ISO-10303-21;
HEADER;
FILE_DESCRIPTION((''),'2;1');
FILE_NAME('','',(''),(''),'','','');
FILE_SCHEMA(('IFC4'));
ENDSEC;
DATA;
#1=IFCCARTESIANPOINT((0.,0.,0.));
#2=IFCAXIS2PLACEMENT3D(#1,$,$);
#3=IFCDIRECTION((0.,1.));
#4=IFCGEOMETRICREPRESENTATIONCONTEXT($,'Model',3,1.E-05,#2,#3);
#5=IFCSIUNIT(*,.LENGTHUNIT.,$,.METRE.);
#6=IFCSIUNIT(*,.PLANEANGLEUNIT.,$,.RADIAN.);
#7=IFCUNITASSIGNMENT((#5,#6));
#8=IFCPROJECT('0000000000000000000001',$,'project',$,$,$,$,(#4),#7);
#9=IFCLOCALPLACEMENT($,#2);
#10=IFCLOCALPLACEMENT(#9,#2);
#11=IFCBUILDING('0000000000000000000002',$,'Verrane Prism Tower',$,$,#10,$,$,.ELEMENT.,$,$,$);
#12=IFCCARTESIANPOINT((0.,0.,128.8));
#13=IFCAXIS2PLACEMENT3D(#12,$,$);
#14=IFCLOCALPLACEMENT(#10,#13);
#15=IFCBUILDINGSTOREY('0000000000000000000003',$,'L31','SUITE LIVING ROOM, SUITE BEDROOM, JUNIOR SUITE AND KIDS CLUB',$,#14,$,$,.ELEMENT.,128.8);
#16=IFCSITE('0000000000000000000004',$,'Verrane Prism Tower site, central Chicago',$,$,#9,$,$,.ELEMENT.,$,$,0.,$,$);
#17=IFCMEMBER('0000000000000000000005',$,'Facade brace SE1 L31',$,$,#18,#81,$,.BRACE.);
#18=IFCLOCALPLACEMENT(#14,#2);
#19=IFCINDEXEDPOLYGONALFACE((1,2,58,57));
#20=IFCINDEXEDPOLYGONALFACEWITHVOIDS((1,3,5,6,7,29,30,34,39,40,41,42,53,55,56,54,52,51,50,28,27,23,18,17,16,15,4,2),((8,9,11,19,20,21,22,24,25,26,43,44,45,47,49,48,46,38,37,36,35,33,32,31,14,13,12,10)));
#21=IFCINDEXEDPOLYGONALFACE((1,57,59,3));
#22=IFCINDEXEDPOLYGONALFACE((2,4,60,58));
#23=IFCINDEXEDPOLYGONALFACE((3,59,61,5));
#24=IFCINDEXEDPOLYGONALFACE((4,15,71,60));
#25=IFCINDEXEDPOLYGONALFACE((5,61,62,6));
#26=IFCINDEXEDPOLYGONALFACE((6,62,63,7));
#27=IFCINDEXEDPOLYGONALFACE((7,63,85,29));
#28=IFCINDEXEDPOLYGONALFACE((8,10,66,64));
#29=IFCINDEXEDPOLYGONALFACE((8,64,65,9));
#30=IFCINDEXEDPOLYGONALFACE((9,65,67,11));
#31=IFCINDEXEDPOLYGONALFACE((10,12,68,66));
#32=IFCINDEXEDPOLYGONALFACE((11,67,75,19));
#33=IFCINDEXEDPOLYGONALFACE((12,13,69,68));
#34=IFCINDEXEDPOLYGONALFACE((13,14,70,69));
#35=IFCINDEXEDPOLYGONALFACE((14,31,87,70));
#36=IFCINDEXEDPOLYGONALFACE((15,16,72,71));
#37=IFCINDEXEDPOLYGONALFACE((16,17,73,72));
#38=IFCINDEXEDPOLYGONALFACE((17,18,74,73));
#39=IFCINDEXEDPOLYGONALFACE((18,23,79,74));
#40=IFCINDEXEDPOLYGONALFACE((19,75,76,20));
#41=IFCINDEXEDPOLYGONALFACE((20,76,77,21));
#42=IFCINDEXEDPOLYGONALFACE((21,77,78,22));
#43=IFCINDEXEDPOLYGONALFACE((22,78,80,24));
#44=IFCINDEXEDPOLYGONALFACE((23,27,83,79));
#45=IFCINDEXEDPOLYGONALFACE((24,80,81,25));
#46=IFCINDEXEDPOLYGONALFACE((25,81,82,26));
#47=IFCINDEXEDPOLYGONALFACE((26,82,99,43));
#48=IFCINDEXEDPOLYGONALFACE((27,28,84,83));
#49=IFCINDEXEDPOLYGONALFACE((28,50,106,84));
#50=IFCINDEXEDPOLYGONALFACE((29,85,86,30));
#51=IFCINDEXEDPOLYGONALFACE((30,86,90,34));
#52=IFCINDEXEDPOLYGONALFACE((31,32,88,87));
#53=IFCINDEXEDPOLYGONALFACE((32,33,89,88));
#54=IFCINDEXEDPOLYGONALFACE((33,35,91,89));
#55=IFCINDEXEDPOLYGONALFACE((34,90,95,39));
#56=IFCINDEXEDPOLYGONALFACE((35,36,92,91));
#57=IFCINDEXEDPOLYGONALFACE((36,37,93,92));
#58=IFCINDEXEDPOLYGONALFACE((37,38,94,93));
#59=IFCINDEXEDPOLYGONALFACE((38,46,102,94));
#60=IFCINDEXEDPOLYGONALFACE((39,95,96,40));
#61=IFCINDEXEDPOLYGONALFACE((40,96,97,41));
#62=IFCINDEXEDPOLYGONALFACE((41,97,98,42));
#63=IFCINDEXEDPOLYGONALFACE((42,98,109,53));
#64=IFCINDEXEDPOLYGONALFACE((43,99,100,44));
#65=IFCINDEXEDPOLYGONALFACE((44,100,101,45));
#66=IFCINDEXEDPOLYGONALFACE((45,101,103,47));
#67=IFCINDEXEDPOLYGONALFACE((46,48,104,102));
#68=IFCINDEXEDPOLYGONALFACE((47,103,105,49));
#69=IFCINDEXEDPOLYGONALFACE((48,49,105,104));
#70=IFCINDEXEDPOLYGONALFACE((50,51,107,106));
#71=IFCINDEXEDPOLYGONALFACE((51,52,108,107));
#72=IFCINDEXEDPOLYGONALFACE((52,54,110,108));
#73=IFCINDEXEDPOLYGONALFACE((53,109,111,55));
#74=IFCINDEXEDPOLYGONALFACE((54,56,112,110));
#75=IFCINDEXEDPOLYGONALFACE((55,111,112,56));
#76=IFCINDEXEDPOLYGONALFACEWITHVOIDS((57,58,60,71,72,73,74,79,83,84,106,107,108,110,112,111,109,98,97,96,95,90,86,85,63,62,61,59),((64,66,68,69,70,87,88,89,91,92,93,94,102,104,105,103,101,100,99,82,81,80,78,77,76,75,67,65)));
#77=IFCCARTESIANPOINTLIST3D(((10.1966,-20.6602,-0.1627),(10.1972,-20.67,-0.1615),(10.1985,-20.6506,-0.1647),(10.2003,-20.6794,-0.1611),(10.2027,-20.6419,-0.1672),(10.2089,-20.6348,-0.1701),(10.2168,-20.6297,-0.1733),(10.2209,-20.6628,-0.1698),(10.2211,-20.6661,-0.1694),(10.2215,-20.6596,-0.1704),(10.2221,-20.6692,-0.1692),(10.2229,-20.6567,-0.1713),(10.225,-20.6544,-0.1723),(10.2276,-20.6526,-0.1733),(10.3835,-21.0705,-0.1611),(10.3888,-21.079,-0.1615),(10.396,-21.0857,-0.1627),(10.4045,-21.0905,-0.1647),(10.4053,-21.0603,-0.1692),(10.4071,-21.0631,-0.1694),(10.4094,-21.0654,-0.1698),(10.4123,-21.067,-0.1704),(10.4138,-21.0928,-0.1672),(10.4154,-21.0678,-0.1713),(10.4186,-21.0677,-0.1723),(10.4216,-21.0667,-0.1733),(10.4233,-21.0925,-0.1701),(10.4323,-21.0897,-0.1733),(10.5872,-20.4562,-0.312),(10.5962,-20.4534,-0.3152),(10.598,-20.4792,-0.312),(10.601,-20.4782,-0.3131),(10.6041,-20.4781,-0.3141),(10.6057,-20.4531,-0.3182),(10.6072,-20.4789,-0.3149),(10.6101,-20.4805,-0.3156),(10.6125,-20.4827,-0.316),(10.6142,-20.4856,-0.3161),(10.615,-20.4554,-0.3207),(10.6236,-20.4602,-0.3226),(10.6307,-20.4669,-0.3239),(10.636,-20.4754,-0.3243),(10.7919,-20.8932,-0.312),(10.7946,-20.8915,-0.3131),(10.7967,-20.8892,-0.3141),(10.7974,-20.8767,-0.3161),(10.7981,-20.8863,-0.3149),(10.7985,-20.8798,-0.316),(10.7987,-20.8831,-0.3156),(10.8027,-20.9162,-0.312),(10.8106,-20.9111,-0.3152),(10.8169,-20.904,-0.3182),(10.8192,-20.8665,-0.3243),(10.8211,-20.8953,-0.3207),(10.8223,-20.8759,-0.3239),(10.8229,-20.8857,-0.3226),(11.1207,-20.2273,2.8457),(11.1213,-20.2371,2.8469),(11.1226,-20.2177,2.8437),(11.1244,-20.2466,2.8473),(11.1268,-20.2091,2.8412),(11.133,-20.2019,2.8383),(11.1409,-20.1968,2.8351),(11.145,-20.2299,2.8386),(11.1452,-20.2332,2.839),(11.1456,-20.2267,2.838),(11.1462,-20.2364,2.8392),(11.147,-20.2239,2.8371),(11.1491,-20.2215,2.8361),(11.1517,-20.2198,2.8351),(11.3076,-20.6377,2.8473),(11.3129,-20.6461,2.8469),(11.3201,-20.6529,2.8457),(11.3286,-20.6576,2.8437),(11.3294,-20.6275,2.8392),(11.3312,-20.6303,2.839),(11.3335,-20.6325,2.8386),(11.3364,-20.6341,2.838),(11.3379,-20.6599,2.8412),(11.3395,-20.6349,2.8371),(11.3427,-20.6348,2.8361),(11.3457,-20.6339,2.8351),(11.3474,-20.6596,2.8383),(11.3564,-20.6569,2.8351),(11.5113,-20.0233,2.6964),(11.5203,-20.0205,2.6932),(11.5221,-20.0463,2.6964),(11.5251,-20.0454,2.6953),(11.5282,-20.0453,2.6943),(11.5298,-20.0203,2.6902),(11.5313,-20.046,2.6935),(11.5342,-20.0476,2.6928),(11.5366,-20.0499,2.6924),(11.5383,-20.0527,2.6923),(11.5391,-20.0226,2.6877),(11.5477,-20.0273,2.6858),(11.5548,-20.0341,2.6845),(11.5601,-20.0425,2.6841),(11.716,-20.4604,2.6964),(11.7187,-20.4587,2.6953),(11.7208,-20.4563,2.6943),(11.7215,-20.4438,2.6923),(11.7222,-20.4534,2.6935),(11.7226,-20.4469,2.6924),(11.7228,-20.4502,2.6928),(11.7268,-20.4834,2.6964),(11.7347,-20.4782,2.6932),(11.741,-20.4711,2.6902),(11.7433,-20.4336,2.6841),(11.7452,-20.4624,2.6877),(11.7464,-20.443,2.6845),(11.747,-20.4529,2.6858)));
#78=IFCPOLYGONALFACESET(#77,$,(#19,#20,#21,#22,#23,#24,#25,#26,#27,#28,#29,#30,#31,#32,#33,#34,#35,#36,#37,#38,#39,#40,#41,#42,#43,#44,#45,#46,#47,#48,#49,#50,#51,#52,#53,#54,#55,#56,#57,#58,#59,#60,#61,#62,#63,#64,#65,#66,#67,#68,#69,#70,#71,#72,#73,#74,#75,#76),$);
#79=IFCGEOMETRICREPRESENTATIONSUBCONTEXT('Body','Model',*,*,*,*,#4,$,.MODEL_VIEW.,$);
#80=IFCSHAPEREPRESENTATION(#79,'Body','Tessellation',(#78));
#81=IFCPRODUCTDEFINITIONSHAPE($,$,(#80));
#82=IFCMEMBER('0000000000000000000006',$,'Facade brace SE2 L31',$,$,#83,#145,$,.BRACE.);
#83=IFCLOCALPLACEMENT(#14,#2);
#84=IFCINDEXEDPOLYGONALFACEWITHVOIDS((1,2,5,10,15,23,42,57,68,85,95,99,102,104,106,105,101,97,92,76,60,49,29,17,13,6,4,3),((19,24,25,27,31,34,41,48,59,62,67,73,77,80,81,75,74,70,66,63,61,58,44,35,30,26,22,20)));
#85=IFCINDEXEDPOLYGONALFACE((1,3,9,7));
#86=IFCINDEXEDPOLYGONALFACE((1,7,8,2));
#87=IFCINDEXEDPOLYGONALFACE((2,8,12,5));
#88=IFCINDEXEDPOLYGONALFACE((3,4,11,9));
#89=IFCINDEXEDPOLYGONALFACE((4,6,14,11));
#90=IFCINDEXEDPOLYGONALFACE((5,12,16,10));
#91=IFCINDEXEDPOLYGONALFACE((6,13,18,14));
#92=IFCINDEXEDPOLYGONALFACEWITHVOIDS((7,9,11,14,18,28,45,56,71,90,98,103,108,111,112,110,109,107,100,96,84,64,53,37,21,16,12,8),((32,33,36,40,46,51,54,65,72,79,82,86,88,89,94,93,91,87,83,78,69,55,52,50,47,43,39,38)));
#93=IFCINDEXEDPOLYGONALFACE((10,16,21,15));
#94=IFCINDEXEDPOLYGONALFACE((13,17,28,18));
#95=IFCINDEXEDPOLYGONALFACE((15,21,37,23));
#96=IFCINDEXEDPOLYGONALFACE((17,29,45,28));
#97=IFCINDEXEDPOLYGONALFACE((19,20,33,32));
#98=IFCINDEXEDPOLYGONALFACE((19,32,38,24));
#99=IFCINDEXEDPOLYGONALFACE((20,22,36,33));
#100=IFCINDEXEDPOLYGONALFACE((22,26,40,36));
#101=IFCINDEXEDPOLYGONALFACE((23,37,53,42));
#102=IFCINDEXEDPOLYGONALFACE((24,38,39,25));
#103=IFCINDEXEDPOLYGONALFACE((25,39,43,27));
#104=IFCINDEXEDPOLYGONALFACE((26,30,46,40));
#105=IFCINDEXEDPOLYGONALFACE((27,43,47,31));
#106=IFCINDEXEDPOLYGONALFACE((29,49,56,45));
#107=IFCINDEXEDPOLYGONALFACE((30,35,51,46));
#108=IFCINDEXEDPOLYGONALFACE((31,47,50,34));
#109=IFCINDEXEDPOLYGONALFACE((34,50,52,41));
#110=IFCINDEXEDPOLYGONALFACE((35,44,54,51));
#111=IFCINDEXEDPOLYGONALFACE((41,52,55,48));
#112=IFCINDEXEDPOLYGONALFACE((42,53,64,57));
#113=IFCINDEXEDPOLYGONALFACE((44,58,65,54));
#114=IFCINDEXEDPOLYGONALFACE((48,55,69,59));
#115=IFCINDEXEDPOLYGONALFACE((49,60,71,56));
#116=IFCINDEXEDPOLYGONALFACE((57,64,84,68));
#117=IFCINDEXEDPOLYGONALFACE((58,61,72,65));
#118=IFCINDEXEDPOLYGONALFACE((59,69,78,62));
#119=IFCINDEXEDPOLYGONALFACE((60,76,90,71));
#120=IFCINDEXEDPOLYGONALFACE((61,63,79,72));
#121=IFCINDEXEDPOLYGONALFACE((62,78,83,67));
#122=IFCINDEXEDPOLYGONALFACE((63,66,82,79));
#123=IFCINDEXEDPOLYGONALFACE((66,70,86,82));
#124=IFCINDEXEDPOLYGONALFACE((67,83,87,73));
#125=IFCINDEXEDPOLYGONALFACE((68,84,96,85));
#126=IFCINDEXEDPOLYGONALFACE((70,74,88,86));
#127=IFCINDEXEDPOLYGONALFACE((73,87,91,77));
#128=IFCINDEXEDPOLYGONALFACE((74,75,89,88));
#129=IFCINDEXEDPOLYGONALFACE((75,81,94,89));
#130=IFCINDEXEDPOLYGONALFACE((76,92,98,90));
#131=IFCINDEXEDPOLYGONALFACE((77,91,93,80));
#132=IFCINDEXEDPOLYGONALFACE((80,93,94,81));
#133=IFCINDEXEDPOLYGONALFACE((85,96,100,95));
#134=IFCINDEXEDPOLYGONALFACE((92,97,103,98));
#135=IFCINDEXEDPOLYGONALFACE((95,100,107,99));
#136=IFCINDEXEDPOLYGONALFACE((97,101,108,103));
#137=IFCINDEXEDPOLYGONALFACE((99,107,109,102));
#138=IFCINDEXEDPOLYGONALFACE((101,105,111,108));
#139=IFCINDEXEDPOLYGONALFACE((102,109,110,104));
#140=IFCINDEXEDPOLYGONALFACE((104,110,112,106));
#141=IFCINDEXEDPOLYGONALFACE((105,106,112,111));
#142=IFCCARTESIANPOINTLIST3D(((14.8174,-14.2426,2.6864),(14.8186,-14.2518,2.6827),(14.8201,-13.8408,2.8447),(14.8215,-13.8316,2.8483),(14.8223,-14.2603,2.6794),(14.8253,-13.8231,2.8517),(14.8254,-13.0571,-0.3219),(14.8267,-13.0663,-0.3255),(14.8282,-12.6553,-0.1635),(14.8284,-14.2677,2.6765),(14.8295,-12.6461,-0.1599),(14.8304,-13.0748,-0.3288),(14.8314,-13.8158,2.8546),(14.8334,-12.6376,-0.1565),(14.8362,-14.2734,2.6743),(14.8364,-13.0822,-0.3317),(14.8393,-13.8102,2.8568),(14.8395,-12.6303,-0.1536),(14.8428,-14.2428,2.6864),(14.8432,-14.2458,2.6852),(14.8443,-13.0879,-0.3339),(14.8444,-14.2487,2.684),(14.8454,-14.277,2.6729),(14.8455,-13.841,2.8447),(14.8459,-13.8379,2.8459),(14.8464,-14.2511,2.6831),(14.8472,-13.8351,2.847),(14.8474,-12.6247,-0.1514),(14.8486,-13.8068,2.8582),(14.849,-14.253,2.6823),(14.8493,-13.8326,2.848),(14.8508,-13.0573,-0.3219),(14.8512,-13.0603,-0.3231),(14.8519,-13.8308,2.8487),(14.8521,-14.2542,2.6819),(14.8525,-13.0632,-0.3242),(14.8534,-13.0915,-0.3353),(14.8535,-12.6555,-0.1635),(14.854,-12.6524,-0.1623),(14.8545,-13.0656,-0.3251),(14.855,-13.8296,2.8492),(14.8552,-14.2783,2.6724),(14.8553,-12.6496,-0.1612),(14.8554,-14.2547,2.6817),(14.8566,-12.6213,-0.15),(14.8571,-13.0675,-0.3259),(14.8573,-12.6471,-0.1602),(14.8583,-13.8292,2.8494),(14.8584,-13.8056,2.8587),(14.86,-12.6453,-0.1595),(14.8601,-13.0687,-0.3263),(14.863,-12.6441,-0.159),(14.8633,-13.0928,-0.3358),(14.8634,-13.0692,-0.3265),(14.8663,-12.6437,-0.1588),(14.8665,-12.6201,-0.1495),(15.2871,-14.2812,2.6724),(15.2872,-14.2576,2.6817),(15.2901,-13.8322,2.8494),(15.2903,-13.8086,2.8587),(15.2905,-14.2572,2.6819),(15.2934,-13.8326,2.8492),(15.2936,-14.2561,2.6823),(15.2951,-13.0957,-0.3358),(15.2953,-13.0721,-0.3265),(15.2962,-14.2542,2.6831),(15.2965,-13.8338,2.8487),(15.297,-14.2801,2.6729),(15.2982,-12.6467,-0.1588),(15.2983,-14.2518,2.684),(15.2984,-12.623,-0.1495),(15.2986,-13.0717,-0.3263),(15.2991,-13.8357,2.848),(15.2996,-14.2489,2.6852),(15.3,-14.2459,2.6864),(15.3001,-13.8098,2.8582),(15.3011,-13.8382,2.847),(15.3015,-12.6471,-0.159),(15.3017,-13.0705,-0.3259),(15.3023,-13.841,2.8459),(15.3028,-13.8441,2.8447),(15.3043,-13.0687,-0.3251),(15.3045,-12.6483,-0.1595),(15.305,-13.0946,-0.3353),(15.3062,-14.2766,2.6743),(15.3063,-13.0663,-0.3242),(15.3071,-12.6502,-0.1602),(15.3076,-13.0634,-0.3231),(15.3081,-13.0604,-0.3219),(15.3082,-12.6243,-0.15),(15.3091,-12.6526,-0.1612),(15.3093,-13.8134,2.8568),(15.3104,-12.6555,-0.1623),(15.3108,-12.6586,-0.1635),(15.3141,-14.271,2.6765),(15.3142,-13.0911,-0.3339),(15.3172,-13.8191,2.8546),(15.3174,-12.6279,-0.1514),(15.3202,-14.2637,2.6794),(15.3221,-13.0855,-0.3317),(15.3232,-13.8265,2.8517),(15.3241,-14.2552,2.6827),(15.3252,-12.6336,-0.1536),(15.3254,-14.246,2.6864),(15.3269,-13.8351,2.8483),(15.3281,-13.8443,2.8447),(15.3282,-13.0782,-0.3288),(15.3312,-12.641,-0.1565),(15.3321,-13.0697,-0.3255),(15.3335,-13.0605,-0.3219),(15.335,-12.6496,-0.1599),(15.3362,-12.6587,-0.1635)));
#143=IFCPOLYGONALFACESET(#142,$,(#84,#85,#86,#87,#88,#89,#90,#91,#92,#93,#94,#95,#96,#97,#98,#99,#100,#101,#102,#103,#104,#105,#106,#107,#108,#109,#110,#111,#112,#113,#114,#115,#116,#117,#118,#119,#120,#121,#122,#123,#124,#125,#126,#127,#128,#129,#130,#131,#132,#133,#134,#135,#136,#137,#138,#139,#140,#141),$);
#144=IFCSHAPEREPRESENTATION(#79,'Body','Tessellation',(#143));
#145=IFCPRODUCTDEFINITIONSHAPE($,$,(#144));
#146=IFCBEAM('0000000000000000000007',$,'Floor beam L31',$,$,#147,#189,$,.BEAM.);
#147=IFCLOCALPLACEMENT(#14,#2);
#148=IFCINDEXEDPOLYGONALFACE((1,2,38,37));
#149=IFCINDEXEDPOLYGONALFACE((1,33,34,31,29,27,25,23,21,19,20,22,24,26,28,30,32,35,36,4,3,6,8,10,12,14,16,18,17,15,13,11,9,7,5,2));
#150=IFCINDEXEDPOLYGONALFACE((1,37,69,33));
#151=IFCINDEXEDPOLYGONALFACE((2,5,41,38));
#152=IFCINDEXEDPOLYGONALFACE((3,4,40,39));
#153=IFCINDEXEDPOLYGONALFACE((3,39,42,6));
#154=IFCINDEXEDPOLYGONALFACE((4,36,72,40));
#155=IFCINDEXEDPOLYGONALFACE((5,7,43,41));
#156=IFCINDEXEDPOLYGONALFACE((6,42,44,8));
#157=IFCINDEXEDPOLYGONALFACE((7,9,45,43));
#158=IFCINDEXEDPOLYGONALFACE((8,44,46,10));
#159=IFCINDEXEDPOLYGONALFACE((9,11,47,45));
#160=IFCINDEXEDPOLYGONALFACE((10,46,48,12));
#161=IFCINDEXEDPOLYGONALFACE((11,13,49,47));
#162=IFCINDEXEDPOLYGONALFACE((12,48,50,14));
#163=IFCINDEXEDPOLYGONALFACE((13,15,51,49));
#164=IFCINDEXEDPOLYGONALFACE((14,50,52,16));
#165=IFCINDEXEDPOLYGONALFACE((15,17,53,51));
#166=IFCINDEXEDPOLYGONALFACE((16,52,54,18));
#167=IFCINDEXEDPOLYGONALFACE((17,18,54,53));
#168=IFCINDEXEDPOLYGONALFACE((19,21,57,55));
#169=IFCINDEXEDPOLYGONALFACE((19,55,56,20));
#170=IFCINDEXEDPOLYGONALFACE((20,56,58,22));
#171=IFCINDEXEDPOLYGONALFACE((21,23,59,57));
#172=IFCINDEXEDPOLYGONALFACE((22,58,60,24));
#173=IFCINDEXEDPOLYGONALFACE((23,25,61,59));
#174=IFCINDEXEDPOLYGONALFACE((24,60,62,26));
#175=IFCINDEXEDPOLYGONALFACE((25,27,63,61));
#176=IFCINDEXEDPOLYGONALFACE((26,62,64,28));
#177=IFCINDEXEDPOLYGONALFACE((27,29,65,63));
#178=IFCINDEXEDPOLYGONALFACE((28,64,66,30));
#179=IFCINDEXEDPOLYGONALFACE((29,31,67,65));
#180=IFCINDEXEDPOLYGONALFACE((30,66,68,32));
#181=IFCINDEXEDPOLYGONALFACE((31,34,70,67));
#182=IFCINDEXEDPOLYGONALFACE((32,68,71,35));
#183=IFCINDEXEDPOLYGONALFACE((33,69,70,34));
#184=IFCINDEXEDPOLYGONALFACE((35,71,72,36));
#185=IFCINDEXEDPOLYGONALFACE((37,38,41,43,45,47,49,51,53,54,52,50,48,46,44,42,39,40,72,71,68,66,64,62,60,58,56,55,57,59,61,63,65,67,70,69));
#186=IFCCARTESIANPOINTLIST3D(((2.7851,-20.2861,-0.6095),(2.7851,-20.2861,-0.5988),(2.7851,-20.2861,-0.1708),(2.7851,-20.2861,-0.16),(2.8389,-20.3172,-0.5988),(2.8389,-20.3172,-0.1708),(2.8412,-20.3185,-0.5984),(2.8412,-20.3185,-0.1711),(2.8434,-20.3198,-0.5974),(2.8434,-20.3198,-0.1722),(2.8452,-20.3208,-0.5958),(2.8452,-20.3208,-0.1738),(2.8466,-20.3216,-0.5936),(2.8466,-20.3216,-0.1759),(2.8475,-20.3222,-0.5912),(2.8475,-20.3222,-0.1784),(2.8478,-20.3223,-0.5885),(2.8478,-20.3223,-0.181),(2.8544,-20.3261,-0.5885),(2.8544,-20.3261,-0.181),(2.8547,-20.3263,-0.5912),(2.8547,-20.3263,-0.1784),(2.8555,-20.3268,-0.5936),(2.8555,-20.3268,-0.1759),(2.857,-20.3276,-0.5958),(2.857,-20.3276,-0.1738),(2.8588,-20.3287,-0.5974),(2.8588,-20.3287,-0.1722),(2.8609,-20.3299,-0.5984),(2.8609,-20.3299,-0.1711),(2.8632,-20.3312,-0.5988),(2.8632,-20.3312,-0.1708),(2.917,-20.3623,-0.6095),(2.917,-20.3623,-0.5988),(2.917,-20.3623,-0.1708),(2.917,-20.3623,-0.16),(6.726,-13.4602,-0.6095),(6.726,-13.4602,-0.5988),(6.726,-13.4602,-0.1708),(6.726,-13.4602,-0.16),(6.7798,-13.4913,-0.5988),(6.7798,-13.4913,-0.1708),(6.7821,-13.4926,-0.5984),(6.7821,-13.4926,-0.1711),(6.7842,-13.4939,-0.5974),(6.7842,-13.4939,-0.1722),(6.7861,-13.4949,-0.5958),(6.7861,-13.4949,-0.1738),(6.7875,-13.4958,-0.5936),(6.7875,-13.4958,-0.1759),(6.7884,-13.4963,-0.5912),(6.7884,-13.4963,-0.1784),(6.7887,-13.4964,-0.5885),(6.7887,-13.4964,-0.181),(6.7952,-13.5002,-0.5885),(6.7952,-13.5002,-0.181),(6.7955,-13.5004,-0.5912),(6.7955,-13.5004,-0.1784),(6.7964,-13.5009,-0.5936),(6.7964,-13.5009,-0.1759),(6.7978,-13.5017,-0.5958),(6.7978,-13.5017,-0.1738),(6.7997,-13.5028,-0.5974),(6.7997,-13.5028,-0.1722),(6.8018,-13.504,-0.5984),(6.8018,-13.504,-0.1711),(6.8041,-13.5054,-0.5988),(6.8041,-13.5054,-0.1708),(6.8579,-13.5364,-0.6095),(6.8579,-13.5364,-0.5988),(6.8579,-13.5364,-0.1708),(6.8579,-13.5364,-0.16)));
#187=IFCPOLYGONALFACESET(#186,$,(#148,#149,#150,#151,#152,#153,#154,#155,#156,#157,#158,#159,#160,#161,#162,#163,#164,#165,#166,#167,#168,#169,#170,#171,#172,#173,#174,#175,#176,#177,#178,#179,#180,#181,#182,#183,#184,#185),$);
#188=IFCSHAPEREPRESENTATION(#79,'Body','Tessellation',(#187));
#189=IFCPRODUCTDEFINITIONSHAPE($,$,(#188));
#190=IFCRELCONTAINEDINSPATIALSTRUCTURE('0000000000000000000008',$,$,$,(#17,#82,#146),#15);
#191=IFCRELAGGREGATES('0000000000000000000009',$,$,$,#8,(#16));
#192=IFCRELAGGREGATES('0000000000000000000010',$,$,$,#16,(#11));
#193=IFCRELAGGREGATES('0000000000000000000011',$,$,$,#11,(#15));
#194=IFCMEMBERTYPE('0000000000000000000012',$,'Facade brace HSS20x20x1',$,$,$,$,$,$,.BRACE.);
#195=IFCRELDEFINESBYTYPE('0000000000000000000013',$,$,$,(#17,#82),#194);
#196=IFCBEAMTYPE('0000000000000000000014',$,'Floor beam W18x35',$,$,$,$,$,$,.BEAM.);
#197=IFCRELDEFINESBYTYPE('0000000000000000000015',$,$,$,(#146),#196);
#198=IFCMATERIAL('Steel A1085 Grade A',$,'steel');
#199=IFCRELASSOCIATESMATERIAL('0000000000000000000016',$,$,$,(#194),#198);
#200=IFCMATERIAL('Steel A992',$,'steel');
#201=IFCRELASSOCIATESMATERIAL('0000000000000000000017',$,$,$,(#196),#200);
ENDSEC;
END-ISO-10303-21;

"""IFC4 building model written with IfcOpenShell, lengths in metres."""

from ifc_helpers import new_model, si_unit, direction, frame, origin, origin_2d, place, context, subcontext, project, spatial, hollow_rectangle, i_section, extrude, material, material_profile, profile_set, type_object, element, save


model = new_model("IFC4")

# Units and contexts
model_context = context("Model", 3, precision=1e-05, world=origin(), true_north=direction((0.0, 1.0)))
body_context = subcontext(model_context, "Body", "Model", "MODEL_VIEW")
ifc_project = project(units=[si_unit("LENGTHUNIT", "METRE"), si_unit("PLANEANGLEUNIT", "RADIAN")], contexts=[model_context])

# Site, building, storey
site_placement = place(None, origin())
site = spatial("IfcSite", under=ifc_project, at=site_placement, Name="Verrane Prism Tower site, central Chicago", CompositionType="ELEMENT", RefElevation=0.0)
building_placement = place(site_placement, origin())
building = spatial("IfcBuilding", under=site, at=building_placement, Name="Verrane Prism Tower", CompositionType="ELEMENT")
storey_placement = place(building_placement, frame((0.0, 0.0, 128.8)))
storey = spatial("IfcBuildingStorey", under=building, at=storey_placement, Name="L31", Description="SUITE LIVING ROOM, SUITE BEDROOM, JUNIOR SUITE AND KIDS CLUB", CompositionType="ELEMENT", Elevation=128.8)

# Members
ifc_material_1 = material(Name="Steel A1085 Grade A", Category="steel")
ifc_material_profile_1 = material_profile(ifc_material_1, hollow_rectangle(XDim=0.5081, YDim=0.5081, WallThickness=0.0254, InnerFilletRadius=0.0127, OuterFilletRadius=0.0381, at=origin_2d()), Name="HSS20x20x1")
ifc_profile_set_1 = profile_set([ifc_material_profile_1], Name="Steel A1085 Grade A")
member_type_1 = type_object("IfcMemberType", Name="Facade brace HSS20x20x1", PredefinedType="BRACE", material=ifc_profile_set_1)
member_1_placement = place(storey_placement, frame((10.5098, -20.7729, -0.2427), z_axis=(0.290895, 0.136263, 0.947002), x_axis=(-0.424195, 0.905571, 0.0)))
element("IfcMember", 1, at=member_1_placement, inside=storey, type_object=member_type_1, Name="Facade brace SE1 L31", PredefinedType="BRACE", context=body_context, shape_type="SweptSolid", body=[
    extrude(hollow_rectangle(XDim=0.5081, YDim=0.5081, WallThickness=0.0254, InnerFilletRadius=0.0127, OuterFilletRadius=0.0381, at=origin_2d()), origin(), (0.0, 0.0, 1.0), 3.1768),
])
member_2_placement = place(storey_placement, frame((15.0808, -12.8579, -0.2427), z_axis=(-0.002492, -0.366646, 0.930357), x_axis=(0.999977, -0.006796, 0.0)))
element("IfcMember", 2, at=member_2_placement, inside=storey, type_object=member_type_1, Name="Facade brace SE2 L31", PredefinedType="BRACE", context=body_context, shape_type="SweptSolid", body=[
    extrude(hollow_rectangle(XDim=0.5081, YDim=0.5081, WallThickness=0.0254, InnerFilletRadius=0.0127, OuterFilletRadius=0.0381, at=origin_2d()), origin(), (0.0, 0.0, 1.0), 3.2334),
])

# Beam
ifc_material_2 = material(Name="Steel A992", Category="steel")
ifc_material_profile_2 = material_profile(ifc_material_2, i_section(OverallWidth=0.1523, OverallDepth=0.4495, WebThickness=0.0076, FlangeThickness=0.0107, FilletRadius=0.0103, at=origin_2d()), Name="W18x35")
ifc_profile_set_2 = profile_set([ifc_material_profile_2], Name="Steel A992")
beam_type_1 = type_object("IfcBeamType", Name="Floor beam W18x35", PredefinedType="BEAM", material=ifc_profile_set_2)
beam_1_placement = place(storey_placement, frame((2.8511, -20.3242, -0.3848), z_axis=(0.499997, 0.866027, 0.0), x_axis=(-0.866027, 0.499997, 0.0)))
element("IfcBeam", 3, at=beam_1_placement, inside=storey, type_object=beam_type_1, Name="Floor beam L31", PredefinedType="BEAM", context=body_context, shape_type="SweptSolid", body=[
    extrude(i_section(OverallWidth=0.1523, OverallDepth=0.4495, WebThickness=0.0076, FlangeThickness=0.0107, FilletRadius=0.0103, at=origin_2d()), origin(), (0.0, 0.0, 1.0), 7.8818),
])

save(model, "model.ifc")
